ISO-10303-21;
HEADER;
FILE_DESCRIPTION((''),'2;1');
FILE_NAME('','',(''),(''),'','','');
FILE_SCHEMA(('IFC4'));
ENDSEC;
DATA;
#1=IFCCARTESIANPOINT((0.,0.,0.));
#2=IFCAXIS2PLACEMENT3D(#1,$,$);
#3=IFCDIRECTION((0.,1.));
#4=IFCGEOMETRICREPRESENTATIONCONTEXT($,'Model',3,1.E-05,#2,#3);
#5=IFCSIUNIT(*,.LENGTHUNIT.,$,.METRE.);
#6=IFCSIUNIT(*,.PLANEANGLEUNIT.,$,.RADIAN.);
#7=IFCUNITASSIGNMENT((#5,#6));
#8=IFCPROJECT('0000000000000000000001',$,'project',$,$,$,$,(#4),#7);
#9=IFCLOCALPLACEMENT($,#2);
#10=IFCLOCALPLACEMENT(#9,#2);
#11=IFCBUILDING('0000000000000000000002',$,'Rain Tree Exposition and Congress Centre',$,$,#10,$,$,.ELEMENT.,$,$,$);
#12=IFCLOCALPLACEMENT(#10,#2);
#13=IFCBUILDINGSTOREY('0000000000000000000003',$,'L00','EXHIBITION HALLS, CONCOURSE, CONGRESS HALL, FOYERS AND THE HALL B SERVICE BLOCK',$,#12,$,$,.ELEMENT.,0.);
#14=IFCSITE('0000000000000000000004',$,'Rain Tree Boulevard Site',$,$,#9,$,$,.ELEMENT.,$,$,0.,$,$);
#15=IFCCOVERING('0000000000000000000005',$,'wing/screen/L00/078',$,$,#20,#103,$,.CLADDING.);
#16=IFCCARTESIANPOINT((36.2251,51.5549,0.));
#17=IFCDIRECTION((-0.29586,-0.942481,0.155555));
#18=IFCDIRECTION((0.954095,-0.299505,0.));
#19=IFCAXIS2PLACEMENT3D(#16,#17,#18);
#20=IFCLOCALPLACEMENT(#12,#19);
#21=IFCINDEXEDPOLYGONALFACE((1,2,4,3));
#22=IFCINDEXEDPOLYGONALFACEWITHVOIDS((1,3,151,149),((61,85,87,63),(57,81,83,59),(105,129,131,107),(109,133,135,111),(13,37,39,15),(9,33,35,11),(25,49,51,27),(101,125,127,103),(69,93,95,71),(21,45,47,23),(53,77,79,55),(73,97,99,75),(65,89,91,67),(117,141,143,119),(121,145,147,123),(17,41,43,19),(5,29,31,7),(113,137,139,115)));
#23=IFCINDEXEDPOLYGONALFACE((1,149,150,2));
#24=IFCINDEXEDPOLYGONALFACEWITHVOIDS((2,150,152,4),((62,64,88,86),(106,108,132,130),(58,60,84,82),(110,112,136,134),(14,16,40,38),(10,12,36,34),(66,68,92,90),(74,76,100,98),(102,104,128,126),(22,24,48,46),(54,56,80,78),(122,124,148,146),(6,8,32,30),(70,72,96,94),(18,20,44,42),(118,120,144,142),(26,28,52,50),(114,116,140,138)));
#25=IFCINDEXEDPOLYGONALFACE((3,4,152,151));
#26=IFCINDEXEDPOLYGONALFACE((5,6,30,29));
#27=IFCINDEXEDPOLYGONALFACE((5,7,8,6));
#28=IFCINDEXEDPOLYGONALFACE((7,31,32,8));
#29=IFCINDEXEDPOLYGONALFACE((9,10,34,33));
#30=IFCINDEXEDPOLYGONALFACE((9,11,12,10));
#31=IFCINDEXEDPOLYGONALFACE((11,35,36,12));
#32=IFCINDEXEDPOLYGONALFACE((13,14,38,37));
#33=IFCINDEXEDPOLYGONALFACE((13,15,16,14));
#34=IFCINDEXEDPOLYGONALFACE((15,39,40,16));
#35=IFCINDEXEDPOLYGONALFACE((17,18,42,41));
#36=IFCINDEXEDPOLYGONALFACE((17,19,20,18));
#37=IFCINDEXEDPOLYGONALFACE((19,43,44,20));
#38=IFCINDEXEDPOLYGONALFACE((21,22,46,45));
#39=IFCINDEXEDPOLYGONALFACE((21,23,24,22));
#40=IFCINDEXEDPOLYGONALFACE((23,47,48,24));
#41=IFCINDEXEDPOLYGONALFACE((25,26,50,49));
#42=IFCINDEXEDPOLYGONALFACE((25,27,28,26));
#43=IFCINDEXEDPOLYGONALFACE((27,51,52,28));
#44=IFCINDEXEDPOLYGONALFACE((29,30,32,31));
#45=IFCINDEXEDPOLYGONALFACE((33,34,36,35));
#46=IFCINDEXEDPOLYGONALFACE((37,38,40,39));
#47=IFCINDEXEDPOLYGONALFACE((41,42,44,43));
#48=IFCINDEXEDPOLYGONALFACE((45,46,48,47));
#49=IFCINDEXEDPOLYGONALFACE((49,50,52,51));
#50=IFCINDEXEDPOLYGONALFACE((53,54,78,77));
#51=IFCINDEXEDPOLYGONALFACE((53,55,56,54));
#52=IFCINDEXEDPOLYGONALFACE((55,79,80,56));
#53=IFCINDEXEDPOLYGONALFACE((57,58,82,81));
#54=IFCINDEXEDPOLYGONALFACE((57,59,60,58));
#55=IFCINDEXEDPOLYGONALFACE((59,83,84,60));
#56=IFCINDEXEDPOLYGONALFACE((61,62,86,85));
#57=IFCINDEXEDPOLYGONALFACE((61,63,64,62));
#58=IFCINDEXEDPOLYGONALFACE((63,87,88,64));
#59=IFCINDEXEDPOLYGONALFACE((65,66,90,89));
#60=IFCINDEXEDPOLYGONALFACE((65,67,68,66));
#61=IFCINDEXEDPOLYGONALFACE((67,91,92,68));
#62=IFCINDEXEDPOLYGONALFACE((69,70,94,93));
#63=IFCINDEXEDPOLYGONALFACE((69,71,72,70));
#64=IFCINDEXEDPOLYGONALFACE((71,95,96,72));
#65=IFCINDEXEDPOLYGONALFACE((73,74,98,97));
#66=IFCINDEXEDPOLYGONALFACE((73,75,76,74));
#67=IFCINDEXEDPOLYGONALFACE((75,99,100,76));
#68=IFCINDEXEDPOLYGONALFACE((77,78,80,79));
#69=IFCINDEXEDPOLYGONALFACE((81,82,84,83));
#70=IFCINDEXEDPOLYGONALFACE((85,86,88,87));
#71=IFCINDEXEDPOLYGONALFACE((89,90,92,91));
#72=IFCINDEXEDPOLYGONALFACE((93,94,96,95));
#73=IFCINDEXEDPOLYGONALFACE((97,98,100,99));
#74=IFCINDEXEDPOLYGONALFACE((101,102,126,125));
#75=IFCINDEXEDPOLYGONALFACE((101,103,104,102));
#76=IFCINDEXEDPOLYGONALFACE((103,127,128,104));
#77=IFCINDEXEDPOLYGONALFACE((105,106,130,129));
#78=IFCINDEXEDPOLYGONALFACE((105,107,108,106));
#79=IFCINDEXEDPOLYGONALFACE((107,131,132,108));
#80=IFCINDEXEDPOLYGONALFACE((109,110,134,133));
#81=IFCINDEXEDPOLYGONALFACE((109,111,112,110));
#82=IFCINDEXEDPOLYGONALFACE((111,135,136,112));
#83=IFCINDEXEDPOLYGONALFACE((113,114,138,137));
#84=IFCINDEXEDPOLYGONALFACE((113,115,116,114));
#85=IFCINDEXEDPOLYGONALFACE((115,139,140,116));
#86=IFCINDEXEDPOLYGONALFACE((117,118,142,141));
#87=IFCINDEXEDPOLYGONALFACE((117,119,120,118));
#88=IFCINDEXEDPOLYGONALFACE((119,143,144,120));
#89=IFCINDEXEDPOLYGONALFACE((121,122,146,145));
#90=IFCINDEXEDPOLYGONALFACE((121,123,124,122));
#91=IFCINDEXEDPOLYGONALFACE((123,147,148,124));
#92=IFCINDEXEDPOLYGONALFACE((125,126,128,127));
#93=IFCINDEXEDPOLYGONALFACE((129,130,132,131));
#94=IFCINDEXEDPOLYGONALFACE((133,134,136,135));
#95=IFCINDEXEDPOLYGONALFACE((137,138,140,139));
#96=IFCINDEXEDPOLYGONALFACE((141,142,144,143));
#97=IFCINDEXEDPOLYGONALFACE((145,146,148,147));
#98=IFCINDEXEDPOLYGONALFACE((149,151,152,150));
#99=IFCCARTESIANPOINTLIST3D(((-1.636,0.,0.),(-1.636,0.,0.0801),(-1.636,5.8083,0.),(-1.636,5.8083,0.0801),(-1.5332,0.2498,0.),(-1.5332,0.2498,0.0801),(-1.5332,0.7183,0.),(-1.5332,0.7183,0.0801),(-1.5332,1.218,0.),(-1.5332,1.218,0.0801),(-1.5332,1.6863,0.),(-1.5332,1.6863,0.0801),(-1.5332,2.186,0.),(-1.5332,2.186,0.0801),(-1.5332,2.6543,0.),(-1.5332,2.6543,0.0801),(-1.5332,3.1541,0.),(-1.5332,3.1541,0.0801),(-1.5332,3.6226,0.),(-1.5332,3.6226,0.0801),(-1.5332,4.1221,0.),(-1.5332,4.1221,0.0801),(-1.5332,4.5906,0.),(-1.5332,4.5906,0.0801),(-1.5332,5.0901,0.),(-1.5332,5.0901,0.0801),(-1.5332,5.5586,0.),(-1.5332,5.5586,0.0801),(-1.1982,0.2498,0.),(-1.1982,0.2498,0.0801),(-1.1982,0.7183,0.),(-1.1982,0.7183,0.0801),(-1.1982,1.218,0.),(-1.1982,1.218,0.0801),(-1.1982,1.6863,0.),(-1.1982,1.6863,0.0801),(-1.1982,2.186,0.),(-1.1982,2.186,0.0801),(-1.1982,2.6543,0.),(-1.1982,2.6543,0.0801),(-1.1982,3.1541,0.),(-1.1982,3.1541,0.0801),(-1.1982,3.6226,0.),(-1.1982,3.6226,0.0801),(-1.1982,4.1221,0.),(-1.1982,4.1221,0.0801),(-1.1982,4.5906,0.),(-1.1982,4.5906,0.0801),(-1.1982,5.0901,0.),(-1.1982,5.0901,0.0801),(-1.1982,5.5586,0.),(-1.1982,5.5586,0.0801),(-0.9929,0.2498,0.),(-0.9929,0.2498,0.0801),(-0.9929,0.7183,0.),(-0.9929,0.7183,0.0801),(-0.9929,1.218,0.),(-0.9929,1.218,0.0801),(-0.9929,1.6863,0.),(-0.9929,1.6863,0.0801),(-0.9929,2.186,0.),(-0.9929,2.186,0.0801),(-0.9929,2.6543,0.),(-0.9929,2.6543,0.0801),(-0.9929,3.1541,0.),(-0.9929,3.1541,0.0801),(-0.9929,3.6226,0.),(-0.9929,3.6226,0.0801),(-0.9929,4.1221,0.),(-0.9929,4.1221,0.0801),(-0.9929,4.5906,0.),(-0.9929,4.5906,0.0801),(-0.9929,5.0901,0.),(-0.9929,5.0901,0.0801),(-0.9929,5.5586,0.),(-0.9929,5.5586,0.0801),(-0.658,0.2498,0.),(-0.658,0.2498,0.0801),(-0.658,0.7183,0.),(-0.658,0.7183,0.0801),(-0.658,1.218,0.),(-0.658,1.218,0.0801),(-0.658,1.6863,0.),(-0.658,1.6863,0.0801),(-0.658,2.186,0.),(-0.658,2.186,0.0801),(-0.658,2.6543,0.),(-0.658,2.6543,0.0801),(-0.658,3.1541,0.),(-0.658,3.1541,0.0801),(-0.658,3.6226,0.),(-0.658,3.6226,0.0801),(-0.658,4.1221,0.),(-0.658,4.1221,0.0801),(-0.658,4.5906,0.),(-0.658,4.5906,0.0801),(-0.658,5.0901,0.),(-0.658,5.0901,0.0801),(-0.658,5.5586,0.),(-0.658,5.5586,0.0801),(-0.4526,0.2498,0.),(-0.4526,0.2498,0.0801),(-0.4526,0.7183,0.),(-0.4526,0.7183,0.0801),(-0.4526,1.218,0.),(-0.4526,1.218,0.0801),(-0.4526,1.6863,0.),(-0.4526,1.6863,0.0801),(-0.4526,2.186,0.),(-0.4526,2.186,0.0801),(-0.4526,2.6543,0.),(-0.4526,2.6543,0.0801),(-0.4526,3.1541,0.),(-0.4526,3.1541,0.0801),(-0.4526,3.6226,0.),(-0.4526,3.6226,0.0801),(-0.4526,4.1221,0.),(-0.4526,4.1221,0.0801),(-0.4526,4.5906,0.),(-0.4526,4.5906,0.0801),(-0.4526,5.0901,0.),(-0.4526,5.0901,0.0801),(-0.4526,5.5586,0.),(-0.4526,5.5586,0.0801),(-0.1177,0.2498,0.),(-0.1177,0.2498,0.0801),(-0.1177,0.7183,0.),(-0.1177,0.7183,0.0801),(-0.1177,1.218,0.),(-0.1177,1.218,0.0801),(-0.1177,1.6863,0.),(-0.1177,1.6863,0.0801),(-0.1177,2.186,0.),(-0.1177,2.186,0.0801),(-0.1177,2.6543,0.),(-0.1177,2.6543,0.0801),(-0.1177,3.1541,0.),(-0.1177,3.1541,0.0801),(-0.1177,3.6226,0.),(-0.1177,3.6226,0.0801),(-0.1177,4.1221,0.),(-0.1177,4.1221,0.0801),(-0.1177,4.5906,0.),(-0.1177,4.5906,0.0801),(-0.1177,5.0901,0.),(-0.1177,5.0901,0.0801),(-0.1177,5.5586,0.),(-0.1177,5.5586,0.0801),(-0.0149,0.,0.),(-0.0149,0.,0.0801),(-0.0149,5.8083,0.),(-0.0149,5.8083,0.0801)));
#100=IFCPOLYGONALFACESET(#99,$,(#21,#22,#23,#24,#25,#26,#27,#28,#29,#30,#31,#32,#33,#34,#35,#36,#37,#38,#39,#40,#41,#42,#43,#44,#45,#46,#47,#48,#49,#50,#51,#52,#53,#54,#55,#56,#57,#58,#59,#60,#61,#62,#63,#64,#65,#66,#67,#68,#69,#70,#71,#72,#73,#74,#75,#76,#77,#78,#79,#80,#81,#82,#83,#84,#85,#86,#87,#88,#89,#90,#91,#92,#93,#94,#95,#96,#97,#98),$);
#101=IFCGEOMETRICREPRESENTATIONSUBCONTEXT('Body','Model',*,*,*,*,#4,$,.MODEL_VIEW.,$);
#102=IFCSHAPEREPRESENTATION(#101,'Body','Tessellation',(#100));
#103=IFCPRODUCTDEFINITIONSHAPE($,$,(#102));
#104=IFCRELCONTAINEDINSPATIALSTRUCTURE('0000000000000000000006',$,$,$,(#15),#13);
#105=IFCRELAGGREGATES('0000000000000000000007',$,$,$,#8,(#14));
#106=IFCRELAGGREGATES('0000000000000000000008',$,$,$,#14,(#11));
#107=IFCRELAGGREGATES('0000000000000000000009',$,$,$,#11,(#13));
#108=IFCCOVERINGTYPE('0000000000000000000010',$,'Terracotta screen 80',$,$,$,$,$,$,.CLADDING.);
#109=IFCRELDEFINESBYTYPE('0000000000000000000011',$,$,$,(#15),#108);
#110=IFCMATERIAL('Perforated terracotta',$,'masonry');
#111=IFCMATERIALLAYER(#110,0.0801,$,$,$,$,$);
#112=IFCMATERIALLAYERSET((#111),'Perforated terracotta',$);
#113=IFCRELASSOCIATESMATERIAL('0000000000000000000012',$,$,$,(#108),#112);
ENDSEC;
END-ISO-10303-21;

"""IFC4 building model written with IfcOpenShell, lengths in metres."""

from ifc_helpers import new_model, si_unit, direction, frame, origin, place, context, subcontext, project, spatial, polyline, outline, extrude, material, layer, layer_set, type_object, element, save


model = new_model("IFC4")

# Units and contexts
model_context = context("Model", 3, precision=1e-05, world=origin(), true_north=direction((0.0, 1.0)))
body_context = subcontext(model_context, "Body", "Model", "MODEL_VIEW")
ifc_project = project(units=[si_unit("LENGTHUNIT", "METRE"), si_unit("PLANEANGLEUNIT", "RADIAN")], contexts=[model_context])

# Site, building, storey
site_placement = place(None, origin())
site = spatial("IfcSite", under=ifc_project, at=site_placement, Name="Rain Tree Boulevard Site", CompositionType="ELEMENT", RefElevation=0.0)
building_placement = place(site_placement, origin())
building = spatial("IfcBuilding", under=site, at=building_placement, Name="Rain Tree Exposition and Congress Centre", CompositionType="ELEMENT")
storey_placement = place(building_placement, origin())
storey = spatial("IfcBuildingStorey", under=building, at=storey_placement, Name="L00", Description="EXHIBITION HALLS, CONCOURSE, CONGRESS HALL, FOYERS AND THE HALL B SERVICE BLOCK", CompositionType="ELEMENT", Elevation=0.0)

# Covering
ifc_material_1 = material(Name="Perforated terracotta", Category="masonry")
ifc_layer_1 = layer(ifc_material_1, 0.0801)
ifc_layer_set_1 = layer_set([ifc_layer_1], Name="Perforated terracotta")
covering_type = type_object("IfcCoveringType", Name="Terracotta screen 80", PredefinedType="CLADDING", material=ifc_layer_set_1)
covering_1_placement = place(storey_placement, frame((36.2251, 51.5549, 0.0), z_axis=(-0.29586, -0.942481, 0.155555), x_axis=(0.954095, -0.299505, 0.0)))
element("IfcCovering", 1, at=covering_1_placement, inside=storey, type_object=covering_type, Name="wing/screen/L00/078", PredefinedType="CLADDING", context=body_context, shape_type="SweptSolid", body=[
    extrude(outline(polyline([(-0.0149, 5.8083), (-0.0149, 0.0), (-1.636, 0.0), (-1.636, 5.8083), (-0.0149, 5.8083)]), holes=[polyline([(-0.1177, 0.2498), (-0.1177, 0.7183), (-0.4526, 0.7183), (-0.4526, 0.2498), (-0.1177, 0.2498)]), polyline([(-0.1177, 1.218), (-0.1177, 1.6863), (-0.4526, 1.6863), (-0.4526, 1.218), (-0.1177, 1.218)]), polyline([(-0.1177, 2.186), (-0.1177, 2.6543), (-0.4526, 2.6543), (-0.4526, 2.186), (-0.1177, 2.186)]), polyline([(-0.1177, 3.1541), (-0.1177, 3.6226), (-0.4526, 3.6226), (-0.4526, 3.1541), (-0.1177, 3.1541)]), polyline([(-0.1177, 4.1221), (-0.1177, 4.5906), (-0.4526, 4.5906), (-0.4526, 4.1221), (-0.1177, 4.1221)]), polyline([(-0.1177, 5.0901), (-0.1177, 5.5586), (-0.4526, 5.5586), (-0.4526, 5.0901), (-0.1177, 5.0901)]), polyline([(-0.658, 0.2498), (-0.658, 0.7183), (-0.9929, 0.7183), (-0.9929, 0.2498), (-0.658, 0.2498)]), polyline([(-0.658, 1.218), (-0.658, 1.6863), (-0.9929, 1.6863), (-0.9929, 1.218), (-0.658, 1.218)]), polyline([(-0.658, 2.186), (-0.658, 2.6543), (-0.9929, 2.6543), (-0.9929, 2.186), (-0.658, 2.186)]), polyline([(-0.658, 3.1541), (-0.658, 3.6226), (-0.9929, 3.6226), (-0.9929, 3.1541), (-0.658, 3.1541)]), polyline([(-0.658, 4.1221), (-0.658, 4.5906), (-0.9929, 4.5906), (-0.9929, 4.1221), (-0.658, 4.1221)]), polyline([(-0.658, 5.0901), (-0.658, 5.5586), (-0.9929, 5.5586), (-0.9929, 5.0901), (-0.658, 5.0901)]), polyline([(-1.1982, 0.2498), (-1.1982, 0.7183), (-1.5332, 0.7183), (-1.5332, 0.2498), (-1.1982, 0.2498)]), polyline([(-1.1982, 1.218), (-1.1982, 1.6863), (-1.5332, 1.6863), (-1.5332, 1.218), (-1.1982, 1.218)]), polyline([(-1.1982, 2.186), (-1.1982, 2.6543), (-1.5332, 2.6543), (-1.5332, 2.186), (-1.1982, 2.186)]), polyline([(-1.1982, 3.1541), (-1.1982, 3.6226), (-1.5332, 3.6226), (-1.5332, 3.1541), (-1.1982, 3.1541)]), polyline([(-1.1982, 4.1221), (-1.1982, 4.5906), (-1.5332, 4.5906), (-1.5332, 4.1221), (-1.1982, 4.1221)]), polyline([(-1.1982, 5.0901), (-1.1982, 5.5586), (-1.5332, 5.5586), (-1.5332, 5.0901), (-1.1982, 5.0901)])]), origin(), (0.0, 0.0, 1.0), 0.0801),
])

save(model, "model.ifc")
